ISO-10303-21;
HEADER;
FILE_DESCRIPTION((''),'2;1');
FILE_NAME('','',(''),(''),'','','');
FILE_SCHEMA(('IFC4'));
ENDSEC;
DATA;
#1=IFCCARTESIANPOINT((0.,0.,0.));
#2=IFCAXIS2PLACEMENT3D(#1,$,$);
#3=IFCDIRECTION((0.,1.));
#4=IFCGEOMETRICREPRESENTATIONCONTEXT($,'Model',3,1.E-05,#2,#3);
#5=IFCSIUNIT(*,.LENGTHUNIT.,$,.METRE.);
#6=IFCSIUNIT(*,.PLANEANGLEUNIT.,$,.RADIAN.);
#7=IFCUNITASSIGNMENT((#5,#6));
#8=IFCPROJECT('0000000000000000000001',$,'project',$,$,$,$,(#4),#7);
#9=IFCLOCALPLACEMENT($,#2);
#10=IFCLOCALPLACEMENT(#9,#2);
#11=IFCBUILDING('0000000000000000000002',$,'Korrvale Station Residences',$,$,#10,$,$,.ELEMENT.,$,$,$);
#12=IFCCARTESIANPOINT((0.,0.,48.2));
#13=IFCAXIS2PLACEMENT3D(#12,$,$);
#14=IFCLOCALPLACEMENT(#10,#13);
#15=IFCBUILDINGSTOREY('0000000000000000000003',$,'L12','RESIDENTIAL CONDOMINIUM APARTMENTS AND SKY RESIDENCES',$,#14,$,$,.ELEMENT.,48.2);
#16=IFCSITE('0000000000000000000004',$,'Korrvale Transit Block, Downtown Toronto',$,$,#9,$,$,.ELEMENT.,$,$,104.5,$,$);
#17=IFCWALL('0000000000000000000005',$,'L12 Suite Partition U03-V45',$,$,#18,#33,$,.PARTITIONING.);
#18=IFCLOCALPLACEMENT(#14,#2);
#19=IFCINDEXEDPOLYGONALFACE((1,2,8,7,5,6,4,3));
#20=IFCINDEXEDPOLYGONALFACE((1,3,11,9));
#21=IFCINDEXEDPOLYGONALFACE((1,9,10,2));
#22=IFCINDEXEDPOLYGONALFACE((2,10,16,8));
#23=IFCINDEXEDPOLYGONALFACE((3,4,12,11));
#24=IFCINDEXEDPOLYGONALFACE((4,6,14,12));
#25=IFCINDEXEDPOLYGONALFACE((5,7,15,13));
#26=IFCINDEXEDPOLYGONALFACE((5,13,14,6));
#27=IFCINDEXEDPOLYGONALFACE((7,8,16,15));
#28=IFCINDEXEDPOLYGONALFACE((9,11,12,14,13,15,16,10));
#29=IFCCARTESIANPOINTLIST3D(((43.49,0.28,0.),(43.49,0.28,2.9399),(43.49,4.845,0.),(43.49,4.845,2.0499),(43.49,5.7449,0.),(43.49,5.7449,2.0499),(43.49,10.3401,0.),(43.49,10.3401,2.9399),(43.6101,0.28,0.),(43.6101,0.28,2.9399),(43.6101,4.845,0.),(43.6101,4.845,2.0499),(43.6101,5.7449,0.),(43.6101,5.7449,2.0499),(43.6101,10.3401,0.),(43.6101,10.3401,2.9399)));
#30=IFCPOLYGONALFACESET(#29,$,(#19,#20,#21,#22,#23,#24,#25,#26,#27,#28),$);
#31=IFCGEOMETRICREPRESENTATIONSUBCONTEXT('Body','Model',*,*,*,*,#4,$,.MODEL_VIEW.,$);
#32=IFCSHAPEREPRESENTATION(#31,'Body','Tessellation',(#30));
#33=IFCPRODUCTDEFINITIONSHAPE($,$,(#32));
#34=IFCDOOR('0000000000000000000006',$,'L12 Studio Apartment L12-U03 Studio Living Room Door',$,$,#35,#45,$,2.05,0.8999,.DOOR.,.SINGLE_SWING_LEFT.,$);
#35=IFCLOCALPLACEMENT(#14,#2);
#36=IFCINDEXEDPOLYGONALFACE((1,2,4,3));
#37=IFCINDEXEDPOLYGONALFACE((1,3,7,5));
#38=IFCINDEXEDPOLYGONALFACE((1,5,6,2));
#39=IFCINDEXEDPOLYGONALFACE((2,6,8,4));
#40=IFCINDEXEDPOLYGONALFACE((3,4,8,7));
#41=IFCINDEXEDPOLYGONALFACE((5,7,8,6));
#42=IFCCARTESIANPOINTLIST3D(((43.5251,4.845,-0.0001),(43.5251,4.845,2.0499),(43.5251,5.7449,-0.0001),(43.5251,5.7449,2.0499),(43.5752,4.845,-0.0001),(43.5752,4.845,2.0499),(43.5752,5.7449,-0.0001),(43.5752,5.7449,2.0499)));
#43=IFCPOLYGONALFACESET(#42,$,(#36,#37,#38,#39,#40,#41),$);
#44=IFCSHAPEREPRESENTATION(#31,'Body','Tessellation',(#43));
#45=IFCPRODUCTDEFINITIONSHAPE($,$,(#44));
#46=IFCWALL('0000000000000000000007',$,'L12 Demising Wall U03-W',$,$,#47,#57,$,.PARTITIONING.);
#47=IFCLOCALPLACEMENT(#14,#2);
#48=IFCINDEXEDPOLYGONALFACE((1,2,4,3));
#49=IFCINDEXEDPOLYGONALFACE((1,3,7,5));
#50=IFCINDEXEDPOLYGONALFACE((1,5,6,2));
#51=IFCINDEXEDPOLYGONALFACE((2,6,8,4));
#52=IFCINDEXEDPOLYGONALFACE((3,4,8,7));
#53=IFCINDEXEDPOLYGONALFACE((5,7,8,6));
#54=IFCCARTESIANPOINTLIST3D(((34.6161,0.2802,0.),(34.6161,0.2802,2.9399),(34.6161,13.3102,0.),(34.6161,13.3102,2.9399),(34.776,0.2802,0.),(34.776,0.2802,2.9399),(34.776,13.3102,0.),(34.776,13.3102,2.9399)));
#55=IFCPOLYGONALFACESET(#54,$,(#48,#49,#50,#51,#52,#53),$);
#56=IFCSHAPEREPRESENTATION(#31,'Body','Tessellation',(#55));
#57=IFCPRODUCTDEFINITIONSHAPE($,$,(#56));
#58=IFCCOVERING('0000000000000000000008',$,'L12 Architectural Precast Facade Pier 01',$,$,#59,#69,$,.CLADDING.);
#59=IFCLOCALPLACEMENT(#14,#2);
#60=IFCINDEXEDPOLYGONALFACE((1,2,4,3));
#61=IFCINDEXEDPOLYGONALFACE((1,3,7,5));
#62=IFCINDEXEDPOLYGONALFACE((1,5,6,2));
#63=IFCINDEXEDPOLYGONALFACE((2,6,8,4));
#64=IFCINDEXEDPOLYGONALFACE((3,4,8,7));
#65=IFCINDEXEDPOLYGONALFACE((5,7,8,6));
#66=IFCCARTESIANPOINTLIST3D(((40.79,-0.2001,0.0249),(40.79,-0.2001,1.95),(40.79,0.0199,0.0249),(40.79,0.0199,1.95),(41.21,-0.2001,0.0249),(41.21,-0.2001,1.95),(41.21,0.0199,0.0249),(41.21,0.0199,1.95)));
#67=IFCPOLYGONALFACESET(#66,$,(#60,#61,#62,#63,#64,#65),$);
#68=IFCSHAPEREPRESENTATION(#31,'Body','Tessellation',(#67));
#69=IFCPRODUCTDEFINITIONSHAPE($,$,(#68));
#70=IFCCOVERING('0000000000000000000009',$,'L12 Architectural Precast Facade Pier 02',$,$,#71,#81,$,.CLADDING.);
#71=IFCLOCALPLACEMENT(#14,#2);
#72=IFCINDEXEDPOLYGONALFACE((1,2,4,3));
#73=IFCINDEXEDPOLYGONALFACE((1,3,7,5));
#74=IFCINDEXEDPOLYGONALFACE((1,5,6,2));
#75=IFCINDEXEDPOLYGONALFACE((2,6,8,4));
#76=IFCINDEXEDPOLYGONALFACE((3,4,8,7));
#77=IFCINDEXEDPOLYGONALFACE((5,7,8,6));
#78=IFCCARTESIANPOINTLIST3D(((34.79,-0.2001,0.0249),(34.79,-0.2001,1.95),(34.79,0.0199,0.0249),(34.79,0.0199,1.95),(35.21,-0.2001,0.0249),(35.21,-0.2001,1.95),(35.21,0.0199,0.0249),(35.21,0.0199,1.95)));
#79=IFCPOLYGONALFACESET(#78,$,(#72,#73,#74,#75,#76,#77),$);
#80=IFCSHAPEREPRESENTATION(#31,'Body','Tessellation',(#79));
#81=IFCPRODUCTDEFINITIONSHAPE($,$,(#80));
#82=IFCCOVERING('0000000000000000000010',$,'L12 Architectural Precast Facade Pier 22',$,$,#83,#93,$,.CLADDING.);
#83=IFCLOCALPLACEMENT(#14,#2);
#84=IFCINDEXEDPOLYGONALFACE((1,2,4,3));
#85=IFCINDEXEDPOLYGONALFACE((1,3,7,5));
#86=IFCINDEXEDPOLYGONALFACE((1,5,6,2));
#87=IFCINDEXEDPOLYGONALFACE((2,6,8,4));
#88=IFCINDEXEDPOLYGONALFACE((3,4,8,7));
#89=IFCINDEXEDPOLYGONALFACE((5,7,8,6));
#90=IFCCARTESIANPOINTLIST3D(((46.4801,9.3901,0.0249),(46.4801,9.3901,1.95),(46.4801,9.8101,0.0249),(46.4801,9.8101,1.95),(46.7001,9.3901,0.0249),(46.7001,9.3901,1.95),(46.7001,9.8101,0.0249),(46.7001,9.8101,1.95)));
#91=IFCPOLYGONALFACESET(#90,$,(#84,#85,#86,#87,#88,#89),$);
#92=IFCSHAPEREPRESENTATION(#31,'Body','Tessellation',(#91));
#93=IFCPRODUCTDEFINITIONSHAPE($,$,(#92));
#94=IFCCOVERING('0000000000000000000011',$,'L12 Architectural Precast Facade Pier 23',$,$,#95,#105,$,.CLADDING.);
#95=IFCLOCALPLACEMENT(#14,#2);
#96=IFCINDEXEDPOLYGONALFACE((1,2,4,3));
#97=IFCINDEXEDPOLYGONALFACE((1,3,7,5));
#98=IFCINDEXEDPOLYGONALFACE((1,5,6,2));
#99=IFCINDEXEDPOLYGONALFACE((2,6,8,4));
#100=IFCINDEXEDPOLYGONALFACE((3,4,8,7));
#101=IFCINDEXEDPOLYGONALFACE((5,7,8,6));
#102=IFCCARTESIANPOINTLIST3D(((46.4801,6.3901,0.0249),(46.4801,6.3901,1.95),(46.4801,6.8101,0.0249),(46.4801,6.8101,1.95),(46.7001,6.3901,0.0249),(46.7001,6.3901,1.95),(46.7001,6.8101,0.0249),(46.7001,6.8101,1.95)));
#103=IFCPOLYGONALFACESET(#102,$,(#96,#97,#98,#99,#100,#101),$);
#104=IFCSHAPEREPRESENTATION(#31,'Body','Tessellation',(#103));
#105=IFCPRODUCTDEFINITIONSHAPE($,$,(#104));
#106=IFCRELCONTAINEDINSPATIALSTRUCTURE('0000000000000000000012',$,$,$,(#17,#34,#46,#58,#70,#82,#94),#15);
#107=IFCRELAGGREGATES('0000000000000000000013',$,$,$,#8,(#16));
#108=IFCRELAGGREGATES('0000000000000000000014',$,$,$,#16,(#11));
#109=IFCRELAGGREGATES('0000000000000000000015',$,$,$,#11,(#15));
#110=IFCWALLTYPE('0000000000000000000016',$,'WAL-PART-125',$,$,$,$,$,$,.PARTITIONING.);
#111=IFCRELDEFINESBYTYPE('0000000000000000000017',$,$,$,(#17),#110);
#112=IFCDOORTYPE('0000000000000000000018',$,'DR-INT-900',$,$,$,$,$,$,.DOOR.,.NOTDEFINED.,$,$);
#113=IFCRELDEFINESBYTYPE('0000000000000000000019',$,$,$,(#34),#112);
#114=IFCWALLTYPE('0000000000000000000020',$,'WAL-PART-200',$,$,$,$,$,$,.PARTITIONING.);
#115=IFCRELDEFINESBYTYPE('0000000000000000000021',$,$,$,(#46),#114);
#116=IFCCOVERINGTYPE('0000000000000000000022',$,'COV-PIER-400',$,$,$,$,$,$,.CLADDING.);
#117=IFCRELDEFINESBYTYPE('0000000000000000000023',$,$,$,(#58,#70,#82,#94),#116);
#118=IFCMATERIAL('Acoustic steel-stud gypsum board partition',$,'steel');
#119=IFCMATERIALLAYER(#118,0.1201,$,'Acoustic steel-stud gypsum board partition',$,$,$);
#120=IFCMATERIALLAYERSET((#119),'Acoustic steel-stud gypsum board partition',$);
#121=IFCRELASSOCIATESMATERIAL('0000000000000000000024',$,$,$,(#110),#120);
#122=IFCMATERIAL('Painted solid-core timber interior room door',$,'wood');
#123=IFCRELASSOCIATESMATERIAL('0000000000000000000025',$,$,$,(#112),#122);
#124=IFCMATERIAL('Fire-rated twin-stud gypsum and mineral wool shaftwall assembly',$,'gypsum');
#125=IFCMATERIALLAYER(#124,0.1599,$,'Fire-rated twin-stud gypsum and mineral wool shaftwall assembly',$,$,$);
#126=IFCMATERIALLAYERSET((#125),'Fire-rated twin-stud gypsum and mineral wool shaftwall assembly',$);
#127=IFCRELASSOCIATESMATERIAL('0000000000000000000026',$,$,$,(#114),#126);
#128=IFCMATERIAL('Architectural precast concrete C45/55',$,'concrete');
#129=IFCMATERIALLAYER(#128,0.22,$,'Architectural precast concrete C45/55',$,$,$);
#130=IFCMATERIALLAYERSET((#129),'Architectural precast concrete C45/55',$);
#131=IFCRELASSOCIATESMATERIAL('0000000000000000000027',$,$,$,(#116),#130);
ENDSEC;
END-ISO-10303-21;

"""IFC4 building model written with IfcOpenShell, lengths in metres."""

from ifc_helpers import new_model, si_unit, direction, frame, frame_2d, origin, origin_2d, place, context, subcontext, project, spatial, rectangle, extrude, material, layer, layer_set, type_object, element, fill, save


model = new_model("IFC4")

# Units and contexts
model_context = context("Model", 3, precision=1e-05, world=origin(), true_north=direction((0.0, 1.0)))
body_context = subcontext(model_context, "Body", "Model", "MODEL_VIEW")
ifc_project = project(units=[si_unit("LENGTHUNIT", "METRE"), si_unit("PLANEANGLEUNIT", "RADIAN")], contexts=[model_context])

# Site, building, storey
site_placement = place(None, origin())
site = spatial("IfcSite", under=ifc_project, at=site_placement, Name="Korrvale Transit Block, Downtown Toronto", CompositionType="ELEMENT", RefElevation=104.5)
building_placement = place(site_placement, origin())
building = spatial("IfcBuilding", under=site, at=building_placement, Name="Korrvale Station Residences", CompositionType="ELEMENT")
storey_placement = place(building_placement, frame((0.0, 0.0, 48.2)))
storey = spatial("IfcBuildingStorey", under=building, at=storey_placement, Name="L12", Description="RESIDENTIAL CONDOMINIUM APARTMENTS AND SKY RESIDENCES", CompositionType="ELEMENT", Elevation=48.2)

# Wall, opening, door
ifc_material_1 = material(Name="Acoustic steel-stud gypsum board partition", Category="steel")
ifc_layer_1 = layer(ifc_material_1, 0.1201, Name="Acoustic steel-stud gypsum board partition")
ifc_layer_set_1 = layer_set([ifc_layer_1], Name="Acoustic steel-stud gypsum board partition")
wall_type_1 = type_object("IfcWallType", Name="WAL-PART-125", PredefinedType="PARTITIONING", material=ifc_layer_set_1)
ifc_material_2 = material(Name="Painted solid-core timber interior room door", Category="wood")
door_type = type_object("IfcDoorType", Name="DR-INT-900", OperationType="NOTDEFINED", PredefinedType="DOOR", material=ifc_material_2)
wall_1_placement = place(storey_placement, frame((43.55, 0.28, 0.0), z_axis=(0.0, 0.0, 1.0), x_axis=(0.0, 1.0, 0.0)))
wall_1 = element("IfcWall", 1, at=wall_1_placement, inside=storey, type_object=wall_type_1, Name="L12 Suite Partition U03-V45", PredefinedType="PARTITIONING", context=body_context, shape_type="SweptSolid", body=[
    extrude(rectangle(XDim=10.0601, YDim=0.1201, at=frame_2d((5.03, 0.0))), origin(), (0.0, 0.0, 1.0), 2.9399),
])
opening_1_placement = place(wall_1_placement, frame((4.5649, 0.0, 0.0)))
opening_1 = element("IfcOpeningElement", 2, at=opening_1_placement, cuts=wall_1, PredefinedType="OPENING", context=body_context, shape_type="SweptSolid", body=[
    extrude(rectangle(XDim=0.8999, YDim=2.05, at=frame_2d((0.45, 1.0249))), frame((0.0, 0.0701, 0.0), z_axis=(0.0, -1.0, 0.0), x_axis=(1.0, 0.0, 0.0)), (0.0, 0.0, 1.0), 0.1401),
])
door_1_placement = place(opening_1_placement, origin())
door_1 = element("IfcDoor", 3, at=door_1_placement, inside=storey, type_object=door_type, Name="L12 Studio Apartment L12-U03 Studio Living Room Door", OperationType="SINGLE_SWING_LEFT", OverallHeight=2.05, OverallWidth=0.8999, PredefinedType="DOOR", context=body_context, shape_type="SweptSolid", body=[
    extrude(rectangle(XDim=0.8999, YDim=2.05, at=frame_2d((0.45, 1.0249))), frame((0.0, 0.0249, 0.0), z_axis=(0.0, -1.0, 0.0), x_axis=(1.0, 0.0, 0.0)), (0.0, 0.0, 1.0), 0.05),
])
fill(opening_1, door_1)

# Wall
ifc_material_3 = material(Name="Fire-rated twin-stud gypsum and mineral wool shaftwall assembly", Category="gypsum")
ifc_layer_2 = layer(ifc_material_3, 0.1599, Name="Fire-rated twin-stud gypsum and mineral wool shaftwall assembly")
ifc_layer_set_2 = layer_set([ifc_layer_2], Name="Fire-rated twin-stud gypsum and mineral wool shaftwall assembly")
wall_type_2 = type_object("IfcWallType", Name="WAL-PART-200", PredefinedType="PARTITIONING", material=ifc_layer_set_2)
wall_2_placement = place(storey_placement, frame((34.696, 0.28, 0.0), z_axis=(0.0, 0.0, 1.0), x_axis=(0.0, 1.0, 0.0)))
element("IfcWall", 4, at=wall_2_placement, inside=storey, type_object=wall_type_2, Name="L12 Demising Wall U03-W", PredefinedType="PARTITIONING", context=body_context, shape_type="SweptSolid", body=[
    extrude(rectangle(XDim=13.03, YDim=0.1599, at=frame_2d((6.5151, 0.0))), origin(), (0.0, 0.0, 1.0), 2.9399),
])

# Coverings
ifc_material_4 = material(Name="Architectural precast concrete C45/55", Category="concrete")
ifc_layer_3 = layer(ifc_material_4, 0.22, Name="Architectural precast concrete C45/55")
ifc_layer_set_3 = layer_set([ifc_layer_3], Name="Architectural precast concrete C45/55")
covering_type = type_object("IfcCoveringType", Name="COV-PIER-400", PredefinedType="CLADDING", material=ifc_layer_set_3)
for number, where, z_axis, x_axis, name in (
    (5, (41.0, -0.0901, 0.0249), (0.0, 0.0, 1.0), (1.0, 0.0, 0.0), "L12 Architectural Precast Facade Pier 01"),
    (6, (35.0, -0.0901, 0.0249), (0.0, 0.0, 1.0), (1.0, 0.0, 0.0), "L12 Architectural Precast Facade Pier 02"),
    (7, (46.5901, 9.6001, 0.0249), (0.0, 0.0, 1.0), (0.0, 1.0, 0.0), "L12 Architectural Precast Facade Pier 22"),
    (8, (46.5901, 6.6001, 0.0249), (0.0, 0.0, 1.0), (0.0, 1.0, 0.0), "L12 Architectural Precast Facade Pier 23"),
):
    element("IfcCovering", number, at=place(storey_placement, frame(where, z_axis=z_axis, x_axis=x_axis)), inside=storey, type_object=covering_type, Name=name, PredefinedType="CLADDING", context=body_context, shape_type="SweptSolid", body=[
        extrude(rectangle(XDim=0.4199, YDim=0.22, at=origin_2d()), origin(), (0.0, 0.0, 1.0), 1.925),
    ])

save(model, "model.ifc")
